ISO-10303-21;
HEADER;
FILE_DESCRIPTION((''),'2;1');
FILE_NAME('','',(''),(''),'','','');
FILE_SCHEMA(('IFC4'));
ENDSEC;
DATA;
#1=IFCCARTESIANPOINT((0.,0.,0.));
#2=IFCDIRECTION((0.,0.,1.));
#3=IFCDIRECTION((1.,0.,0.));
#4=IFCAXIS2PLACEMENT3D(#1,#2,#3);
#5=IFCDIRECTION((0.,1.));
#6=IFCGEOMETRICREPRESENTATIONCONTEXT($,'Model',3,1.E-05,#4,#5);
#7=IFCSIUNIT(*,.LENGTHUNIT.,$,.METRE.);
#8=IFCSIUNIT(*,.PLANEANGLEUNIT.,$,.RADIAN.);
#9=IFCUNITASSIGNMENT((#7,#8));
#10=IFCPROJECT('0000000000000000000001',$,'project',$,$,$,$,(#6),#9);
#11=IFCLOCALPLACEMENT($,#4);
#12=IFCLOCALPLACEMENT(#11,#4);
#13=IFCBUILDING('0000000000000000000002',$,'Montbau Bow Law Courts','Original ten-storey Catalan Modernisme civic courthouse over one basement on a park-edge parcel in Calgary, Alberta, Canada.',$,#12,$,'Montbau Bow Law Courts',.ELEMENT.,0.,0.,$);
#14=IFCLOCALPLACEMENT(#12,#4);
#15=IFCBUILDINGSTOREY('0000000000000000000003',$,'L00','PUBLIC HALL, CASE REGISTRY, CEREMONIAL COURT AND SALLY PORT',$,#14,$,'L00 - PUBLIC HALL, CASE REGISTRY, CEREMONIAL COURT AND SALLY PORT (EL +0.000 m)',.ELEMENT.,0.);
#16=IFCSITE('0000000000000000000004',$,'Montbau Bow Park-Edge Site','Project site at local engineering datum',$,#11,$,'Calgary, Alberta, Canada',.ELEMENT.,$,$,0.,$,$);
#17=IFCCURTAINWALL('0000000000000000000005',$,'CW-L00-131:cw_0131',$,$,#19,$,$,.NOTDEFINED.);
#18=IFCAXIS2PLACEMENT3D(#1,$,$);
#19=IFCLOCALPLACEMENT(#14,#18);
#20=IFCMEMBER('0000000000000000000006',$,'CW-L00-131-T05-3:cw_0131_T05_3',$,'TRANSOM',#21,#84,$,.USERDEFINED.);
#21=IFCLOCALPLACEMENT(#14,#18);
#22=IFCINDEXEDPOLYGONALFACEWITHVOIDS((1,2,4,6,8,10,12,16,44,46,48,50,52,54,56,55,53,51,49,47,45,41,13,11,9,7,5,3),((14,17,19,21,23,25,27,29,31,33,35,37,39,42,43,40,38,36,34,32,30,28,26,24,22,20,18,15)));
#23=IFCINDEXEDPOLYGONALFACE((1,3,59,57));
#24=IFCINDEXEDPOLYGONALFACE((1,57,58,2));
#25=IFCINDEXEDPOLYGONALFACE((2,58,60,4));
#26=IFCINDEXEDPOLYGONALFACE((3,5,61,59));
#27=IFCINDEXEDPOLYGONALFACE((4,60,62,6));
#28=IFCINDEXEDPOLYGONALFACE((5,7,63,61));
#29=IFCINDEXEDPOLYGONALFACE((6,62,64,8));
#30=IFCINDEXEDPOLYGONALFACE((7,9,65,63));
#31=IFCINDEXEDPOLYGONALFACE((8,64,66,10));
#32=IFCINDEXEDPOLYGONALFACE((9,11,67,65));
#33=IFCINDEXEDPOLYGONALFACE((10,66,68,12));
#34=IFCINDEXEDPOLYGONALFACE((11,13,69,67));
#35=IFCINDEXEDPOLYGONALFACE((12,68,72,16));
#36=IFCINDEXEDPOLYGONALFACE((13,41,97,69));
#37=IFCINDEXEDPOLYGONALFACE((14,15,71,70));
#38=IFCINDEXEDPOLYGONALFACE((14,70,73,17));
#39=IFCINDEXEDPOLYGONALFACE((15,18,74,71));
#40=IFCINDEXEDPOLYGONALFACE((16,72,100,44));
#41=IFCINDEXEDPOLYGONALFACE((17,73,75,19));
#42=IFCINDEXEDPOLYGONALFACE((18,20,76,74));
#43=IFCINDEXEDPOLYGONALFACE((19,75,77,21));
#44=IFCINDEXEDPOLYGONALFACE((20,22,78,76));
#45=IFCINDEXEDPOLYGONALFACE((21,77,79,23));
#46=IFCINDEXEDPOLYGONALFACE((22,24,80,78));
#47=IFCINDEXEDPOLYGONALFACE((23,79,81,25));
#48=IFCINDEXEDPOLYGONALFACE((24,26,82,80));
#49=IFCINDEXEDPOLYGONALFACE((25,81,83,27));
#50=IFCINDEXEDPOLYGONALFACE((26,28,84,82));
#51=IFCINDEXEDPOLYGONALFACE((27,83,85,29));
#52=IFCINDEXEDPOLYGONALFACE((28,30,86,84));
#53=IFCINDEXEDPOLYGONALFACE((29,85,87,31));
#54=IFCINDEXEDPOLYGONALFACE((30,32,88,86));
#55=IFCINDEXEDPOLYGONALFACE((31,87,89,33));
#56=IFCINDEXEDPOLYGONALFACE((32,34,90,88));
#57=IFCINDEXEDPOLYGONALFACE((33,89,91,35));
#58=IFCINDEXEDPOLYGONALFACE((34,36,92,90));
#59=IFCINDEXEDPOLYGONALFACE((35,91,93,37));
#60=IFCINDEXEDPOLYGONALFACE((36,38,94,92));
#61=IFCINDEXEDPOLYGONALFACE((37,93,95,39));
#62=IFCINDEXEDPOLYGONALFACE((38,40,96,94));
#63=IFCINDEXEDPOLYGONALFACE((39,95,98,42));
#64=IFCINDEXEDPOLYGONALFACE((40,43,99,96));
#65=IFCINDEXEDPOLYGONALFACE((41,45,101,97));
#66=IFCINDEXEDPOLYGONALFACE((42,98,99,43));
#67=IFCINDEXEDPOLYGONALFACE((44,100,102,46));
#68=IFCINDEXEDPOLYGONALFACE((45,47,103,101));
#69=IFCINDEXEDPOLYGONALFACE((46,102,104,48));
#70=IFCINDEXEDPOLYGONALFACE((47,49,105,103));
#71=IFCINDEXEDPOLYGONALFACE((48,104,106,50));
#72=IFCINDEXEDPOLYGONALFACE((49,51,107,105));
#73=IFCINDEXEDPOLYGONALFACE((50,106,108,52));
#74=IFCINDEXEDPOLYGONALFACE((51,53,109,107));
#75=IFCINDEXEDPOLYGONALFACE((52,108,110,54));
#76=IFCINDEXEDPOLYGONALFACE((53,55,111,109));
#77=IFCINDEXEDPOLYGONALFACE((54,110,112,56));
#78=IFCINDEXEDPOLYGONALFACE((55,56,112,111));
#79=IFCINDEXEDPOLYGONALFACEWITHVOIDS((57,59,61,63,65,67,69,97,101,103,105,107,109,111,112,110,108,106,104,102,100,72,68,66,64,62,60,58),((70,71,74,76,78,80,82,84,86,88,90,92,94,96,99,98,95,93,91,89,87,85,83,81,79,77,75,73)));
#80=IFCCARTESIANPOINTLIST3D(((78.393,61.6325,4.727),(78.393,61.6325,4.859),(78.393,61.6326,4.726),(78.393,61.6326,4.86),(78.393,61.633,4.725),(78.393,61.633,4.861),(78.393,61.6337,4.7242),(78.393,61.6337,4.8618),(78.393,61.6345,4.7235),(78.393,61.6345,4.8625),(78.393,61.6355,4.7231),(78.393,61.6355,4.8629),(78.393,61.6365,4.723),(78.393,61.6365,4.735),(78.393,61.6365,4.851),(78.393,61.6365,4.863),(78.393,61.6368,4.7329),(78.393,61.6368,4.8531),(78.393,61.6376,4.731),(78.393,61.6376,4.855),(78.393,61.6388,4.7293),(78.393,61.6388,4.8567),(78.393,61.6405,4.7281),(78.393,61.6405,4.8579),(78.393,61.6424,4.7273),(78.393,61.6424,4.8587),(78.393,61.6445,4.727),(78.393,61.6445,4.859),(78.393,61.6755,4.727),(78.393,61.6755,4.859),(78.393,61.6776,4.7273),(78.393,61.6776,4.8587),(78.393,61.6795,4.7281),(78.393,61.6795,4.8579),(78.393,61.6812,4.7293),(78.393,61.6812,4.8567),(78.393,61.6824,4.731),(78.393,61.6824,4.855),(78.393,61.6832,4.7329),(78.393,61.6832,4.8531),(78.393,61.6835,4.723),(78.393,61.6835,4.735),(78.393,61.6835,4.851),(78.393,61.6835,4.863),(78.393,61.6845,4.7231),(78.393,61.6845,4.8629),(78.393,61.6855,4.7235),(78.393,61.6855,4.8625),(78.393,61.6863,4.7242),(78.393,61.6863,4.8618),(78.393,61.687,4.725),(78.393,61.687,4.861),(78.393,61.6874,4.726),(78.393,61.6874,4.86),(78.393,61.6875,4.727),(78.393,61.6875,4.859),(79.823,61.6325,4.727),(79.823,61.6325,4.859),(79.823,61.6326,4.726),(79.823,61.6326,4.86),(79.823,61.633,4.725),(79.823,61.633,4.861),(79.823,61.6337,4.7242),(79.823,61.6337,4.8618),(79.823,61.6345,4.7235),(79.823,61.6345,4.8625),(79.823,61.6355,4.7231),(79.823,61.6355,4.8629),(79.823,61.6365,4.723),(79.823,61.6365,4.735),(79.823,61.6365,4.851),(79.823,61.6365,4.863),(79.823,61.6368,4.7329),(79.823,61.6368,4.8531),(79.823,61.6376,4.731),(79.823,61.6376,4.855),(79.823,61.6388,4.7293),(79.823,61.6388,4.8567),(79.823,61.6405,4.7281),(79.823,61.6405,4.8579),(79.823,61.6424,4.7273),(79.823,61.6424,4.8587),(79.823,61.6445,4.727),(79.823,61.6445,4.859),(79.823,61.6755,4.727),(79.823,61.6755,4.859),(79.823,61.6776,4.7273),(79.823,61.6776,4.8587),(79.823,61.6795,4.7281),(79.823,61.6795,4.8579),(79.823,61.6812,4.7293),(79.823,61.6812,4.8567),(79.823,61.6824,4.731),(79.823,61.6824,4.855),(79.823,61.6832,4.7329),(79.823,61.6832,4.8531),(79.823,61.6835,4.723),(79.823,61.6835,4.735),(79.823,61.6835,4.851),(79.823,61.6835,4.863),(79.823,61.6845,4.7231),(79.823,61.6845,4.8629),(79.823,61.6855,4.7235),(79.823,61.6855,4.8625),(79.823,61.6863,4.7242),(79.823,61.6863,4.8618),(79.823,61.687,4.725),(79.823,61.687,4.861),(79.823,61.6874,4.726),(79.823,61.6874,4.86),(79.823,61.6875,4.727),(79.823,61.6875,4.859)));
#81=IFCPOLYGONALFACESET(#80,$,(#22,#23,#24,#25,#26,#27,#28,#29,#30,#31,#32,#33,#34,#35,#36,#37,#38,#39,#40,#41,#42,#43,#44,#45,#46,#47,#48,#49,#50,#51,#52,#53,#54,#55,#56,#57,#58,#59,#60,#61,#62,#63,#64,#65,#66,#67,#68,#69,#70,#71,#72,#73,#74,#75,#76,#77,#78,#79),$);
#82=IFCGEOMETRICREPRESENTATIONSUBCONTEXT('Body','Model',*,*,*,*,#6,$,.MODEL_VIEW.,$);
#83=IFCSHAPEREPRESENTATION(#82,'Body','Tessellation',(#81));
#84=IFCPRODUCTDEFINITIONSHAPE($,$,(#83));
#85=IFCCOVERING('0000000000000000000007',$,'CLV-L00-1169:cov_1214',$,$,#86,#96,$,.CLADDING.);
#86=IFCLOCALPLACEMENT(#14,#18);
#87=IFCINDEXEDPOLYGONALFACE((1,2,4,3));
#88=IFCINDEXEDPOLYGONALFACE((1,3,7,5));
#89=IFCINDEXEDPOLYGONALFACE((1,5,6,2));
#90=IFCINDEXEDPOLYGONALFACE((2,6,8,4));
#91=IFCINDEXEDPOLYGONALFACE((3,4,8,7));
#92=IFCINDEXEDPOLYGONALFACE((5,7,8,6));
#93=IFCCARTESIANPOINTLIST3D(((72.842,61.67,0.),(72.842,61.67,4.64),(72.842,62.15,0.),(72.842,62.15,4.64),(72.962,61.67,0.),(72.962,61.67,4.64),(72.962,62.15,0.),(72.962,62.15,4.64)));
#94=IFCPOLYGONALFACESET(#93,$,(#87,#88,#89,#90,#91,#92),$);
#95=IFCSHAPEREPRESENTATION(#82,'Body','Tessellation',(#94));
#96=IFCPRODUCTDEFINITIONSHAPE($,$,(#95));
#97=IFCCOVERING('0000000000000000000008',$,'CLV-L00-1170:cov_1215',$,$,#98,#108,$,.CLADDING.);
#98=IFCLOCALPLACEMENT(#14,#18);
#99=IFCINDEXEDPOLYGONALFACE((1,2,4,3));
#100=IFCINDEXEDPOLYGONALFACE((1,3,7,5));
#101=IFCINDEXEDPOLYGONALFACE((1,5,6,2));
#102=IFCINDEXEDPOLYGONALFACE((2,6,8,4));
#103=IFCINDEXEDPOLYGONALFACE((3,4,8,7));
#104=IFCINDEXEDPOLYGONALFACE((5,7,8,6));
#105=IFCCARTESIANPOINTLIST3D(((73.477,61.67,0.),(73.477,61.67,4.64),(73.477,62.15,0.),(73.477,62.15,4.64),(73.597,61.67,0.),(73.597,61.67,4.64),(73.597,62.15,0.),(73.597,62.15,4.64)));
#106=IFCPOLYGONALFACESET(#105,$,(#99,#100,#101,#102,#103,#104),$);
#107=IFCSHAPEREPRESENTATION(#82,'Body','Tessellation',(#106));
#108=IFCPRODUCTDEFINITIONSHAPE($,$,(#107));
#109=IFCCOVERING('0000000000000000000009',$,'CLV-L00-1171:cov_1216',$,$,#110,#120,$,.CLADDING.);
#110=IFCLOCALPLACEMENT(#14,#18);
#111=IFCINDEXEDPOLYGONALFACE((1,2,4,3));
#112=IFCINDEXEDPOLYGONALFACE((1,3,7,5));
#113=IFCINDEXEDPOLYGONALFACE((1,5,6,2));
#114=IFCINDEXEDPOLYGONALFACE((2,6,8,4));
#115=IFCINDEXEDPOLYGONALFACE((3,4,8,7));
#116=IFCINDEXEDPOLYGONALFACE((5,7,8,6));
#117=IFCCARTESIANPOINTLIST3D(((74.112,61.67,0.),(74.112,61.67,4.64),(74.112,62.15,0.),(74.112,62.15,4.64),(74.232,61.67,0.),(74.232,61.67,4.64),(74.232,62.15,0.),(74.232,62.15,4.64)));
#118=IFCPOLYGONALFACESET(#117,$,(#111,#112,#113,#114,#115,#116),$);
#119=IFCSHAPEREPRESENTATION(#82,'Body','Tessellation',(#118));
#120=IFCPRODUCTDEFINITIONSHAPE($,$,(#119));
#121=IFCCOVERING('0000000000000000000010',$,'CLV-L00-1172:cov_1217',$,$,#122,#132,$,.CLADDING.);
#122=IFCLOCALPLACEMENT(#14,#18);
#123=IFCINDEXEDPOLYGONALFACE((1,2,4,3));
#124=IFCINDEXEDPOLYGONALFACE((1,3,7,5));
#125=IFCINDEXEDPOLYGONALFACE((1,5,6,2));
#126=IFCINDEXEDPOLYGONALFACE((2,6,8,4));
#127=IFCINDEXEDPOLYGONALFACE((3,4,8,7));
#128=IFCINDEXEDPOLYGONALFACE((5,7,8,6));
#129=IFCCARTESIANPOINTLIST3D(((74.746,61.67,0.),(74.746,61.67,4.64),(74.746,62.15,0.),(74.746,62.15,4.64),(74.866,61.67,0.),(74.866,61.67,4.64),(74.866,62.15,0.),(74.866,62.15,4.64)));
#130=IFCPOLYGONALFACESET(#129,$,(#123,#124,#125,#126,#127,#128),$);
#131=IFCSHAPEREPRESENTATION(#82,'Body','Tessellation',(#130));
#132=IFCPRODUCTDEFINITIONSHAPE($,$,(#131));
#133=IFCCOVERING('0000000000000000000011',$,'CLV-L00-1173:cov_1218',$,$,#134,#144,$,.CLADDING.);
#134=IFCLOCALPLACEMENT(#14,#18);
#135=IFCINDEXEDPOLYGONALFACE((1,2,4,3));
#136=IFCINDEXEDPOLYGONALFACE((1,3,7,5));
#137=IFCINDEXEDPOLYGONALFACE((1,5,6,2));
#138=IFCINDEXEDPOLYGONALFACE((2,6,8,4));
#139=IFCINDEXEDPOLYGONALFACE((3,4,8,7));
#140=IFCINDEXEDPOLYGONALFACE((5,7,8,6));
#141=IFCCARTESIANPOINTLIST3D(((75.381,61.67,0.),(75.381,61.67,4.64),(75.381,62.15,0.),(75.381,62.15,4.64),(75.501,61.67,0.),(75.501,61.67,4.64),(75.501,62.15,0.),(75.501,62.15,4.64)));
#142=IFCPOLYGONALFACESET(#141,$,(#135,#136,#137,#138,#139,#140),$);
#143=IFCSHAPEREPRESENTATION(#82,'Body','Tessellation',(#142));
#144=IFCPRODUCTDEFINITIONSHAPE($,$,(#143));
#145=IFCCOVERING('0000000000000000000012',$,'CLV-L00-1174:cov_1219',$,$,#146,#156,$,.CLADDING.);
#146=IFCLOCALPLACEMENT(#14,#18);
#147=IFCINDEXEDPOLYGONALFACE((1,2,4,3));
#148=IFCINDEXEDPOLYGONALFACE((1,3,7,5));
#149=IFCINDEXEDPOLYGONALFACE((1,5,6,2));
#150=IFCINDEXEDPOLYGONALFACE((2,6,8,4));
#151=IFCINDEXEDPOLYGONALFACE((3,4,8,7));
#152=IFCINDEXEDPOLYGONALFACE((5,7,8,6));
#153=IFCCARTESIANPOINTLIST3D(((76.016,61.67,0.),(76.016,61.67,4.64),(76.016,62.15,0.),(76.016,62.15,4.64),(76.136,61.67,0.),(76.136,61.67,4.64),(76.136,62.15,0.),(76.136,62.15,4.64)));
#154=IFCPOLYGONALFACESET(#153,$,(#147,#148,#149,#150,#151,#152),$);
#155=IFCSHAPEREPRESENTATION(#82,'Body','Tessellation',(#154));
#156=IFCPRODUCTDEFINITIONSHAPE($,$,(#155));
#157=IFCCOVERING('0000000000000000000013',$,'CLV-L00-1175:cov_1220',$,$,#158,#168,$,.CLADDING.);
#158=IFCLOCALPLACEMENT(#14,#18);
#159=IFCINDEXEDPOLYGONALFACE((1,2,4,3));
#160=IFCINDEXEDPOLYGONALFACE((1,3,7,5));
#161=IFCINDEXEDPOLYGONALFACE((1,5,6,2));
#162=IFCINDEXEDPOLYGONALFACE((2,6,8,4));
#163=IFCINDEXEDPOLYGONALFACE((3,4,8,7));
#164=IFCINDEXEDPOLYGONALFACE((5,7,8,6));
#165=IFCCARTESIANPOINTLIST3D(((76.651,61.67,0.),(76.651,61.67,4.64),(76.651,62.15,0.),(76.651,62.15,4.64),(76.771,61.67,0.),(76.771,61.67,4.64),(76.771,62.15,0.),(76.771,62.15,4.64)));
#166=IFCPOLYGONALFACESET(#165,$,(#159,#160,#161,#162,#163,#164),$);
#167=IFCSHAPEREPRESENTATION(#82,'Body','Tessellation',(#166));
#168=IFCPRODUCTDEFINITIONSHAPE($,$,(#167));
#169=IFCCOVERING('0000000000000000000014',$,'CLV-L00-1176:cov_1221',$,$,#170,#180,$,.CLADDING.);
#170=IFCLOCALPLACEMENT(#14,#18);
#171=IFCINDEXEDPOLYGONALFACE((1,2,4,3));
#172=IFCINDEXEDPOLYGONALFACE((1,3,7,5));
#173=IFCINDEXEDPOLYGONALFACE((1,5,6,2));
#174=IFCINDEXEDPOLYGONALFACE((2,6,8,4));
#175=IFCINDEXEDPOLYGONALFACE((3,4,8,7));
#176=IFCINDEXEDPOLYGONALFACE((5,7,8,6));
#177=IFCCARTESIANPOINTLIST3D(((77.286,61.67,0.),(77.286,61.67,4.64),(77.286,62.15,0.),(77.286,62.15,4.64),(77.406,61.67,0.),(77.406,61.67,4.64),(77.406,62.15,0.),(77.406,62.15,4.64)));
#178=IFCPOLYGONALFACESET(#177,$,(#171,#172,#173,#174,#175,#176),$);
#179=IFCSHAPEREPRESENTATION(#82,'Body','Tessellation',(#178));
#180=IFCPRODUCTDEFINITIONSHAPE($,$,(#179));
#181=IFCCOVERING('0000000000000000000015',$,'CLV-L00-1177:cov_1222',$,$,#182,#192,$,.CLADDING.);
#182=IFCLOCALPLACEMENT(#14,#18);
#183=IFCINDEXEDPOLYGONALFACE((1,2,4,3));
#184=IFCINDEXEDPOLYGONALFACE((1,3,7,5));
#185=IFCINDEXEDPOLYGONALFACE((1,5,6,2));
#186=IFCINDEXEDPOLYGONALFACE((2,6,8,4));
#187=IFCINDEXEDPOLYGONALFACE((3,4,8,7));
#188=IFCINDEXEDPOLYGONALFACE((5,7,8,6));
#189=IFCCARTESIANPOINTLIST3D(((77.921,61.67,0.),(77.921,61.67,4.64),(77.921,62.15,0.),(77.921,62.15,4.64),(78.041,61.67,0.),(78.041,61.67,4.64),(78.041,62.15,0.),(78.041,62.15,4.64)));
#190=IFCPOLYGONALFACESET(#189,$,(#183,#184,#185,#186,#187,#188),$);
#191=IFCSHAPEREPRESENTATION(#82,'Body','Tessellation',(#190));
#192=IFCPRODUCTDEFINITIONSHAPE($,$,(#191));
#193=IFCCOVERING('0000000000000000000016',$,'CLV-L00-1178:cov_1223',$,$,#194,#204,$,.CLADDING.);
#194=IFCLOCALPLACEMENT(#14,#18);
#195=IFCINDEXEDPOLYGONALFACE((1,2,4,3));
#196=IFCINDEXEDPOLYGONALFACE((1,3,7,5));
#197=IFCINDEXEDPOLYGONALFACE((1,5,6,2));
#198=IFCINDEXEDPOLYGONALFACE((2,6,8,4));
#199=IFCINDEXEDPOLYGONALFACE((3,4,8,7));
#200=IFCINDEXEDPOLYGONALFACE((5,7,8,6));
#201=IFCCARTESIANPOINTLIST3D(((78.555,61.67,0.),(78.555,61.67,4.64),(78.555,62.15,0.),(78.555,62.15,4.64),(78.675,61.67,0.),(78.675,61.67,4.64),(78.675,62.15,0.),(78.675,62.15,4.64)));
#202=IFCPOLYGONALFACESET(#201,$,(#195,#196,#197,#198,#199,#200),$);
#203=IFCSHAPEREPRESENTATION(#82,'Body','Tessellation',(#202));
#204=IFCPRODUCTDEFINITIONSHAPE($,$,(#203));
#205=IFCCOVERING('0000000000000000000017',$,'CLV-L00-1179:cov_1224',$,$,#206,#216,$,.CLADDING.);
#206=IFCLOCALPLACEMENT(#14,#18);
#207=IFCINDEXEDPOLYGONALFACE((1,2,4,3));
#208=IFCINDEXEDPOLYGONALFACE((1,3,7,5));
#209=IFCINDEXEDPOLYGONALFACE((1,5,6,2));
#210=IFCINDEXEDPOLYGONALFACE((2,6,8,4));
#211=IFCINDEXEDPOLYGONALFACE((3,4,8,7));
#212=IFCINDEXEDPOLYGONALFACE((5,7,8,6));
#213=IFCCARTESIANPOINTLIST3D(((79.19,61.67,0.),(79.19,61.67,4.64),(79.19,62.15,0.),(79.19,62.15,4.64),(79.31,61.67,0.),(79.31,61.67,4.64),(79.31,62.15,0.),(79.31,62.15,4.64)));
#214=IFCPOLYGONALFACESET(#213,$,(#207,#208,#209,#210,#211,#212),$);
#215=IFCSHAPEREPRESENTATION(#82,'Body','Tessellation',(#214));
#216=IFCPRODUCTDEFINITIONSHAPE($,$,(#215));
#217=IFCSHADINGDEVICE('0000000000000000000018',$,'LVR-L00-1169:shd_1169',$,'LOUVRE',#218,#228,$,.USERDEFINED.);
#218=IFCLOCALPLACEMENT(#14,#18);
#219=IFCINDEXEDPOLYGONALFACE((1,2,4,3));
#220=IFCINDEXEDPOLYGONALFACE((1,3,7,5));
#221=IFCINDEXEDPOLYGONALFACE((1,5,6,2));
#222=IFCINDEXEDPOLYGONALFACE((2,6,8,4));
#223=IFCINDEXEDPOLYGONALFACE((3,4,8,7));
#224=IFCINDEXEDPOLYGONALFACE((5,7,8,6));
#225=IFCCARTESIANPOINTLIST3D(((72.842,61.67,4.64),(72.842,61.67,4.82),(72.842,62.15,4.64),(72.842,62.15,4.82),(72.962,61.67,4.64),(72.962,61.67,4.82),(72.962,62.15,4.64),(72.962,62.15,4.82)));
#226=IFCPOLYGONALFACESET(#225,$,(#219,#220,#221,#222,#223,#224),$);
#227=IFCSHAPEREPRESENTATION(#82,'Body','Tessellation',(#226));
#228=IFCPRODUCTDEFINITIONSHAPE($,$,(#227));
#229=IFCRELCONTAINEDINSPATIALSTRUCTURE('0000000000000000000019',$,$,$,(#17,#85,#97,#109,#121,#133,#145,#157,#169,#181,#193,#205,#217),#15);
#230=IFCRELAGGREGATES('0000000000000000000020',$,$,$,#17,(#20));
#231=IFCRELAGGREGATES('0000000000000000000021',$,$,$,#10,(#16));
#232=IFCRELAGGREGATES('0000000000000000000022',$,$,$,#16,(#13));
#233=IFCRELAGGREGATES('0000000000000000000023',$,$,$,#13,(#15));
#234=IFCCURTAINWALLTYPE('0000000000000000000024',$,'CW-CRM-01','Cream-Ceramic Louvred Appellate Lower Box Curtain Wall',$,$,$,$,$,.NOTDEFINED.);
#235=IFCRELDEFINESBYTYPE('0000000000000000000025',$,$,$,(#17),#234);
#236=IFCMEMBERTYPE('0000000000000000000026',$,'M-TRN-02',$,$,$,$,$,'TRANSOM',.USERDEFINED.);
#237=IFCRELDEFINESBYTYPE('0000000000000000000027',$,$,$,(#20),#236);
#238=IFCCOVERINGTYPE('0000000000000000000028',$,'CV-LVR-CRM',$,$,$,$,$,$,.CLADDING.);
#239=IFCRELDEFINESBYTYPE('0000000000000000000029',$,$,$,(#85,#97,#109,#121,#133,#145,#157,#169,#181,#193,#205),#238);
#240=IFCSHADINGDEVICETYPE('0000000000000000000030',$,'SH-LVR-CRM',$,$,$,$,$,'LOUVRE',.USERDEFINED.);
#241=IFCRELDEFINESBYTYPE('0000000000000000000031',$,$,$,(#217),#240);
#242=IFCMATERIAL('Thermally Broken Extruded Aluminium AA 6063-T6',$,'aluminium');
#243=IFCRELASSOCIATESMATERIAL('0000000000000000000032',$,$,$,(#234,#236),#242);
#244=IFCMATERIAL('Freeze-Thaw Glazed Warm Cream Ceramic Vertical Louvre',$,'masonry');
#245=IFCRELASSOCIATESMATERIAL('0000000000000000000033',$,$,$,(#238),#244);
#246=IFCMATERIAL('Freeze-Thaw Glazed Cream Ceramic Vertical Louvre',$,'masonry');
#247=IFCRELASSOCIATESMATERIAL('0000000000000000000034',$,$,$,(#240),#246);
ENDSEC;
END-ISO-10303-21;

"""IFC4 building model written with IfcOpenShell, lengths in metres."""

from ifc_helpers import new_model, si_unit, direction, frame, frame_2d, origin_with_axes, origin_2d_with_axis, place, context, subcontext, project, spatial, rectangle, hollow_rectangle, extrude, material, material_profile, profile_set, type_object, element, aggregate, save


model = new_model("IFC4")

# Units and contexts
model_context = context("Model", 3, precision=1e-05, world=origin_with_axes(), true_north=direction((0.0, 1.0)))
body_context = subcontext(model_context, "Body", "Model", "MODEL_VIEW")
ifc_project = project(units=[si_unit("LENGTHUNIT", "METRE"), si_unit("PLANEANGLEUNIT", "RADIAN")], contexts=[model_context])

# Site, building, storey
site_placement = place(None, origin_with_axes())
site = spatial("IfcSite", under=ifc_project, at=site_placement, Name="Montbau Bow Park-Edge Site", Description="Project site at local engineering datum", LongName="Calgary, Alberta, Canada", CompositionType="ELEMENT", RefElevation=0.0)
building_placement = place(site_placement, origin_with_axes())
building = spatial("IfcBuilding", under=site, at=building_placement, Name="Montbau Bow Law Courts", Description="Original ten-storey Catalan Modernisme civic courthouse over one basement on a park-edge parcel in Calgary, Alberta, Canada.", LongName="Montbau Bow Law Courts", CompositionType="ELEMENT", ElevationOfRefHeight=0.0, ElevationOfTerrain=0.0)
storey_placement = place(building_placement, origin_with_axes())
storey = spatial("IfcBuildingStorey", under=building, at=storey_placement, Name="L00", Description="PUBLIC HALL, CASE REGISTRY, CEREMONIAL COURT AND SALLY PORT", LongName="L00 - PUBLIC HALL, CASE REGISTRY, CEREMONIAL COURT AND SALLY PORT (EL +0.000 m)", CompositionType="ELEMENT", Elevation=0.0)

# Curtain wall, member
ifc_material_1 = material(Name="Thermally Broken Extruded Aluminium AA 6063-T6", Category="aluminium")
curtain_wall_type = type_object("IfcCurtainWallType", Name="CW-CRM-01", Description="Cream-Ceramic Louvred Appellate Lower Box Curtain Wall", PredefinedType="NOTDEFINED", material=ifc_material_1)
curtain_wall_placement = place(None, frame((72.267, 61.66, 0.0), z_axis=(0.0, 0.0, 1.0), x_axis=(1.0, 0.0, 0.0)))
curtain_wall = element("IfcCurtainWall", 1, at=curtain_wall_placement, inside=storey, type_object=curtain_wall_type, Name="CW-L00-131:cw_0131", PredefinedType="NOTDEFINED")
ifc_material_profile_1 = material_profile(ifc_material_1, hollow_rectangle(XDim=0.055, YDim=0.14, WallThickness=0.004, InnerFilletRadius=0.008, OuterFilletRadius=0.004, at=origin_2d_with_axis()), Name="CWT-140X55", Category="Main", Priority=0)
ifc_profile_set_1 = profile_set([ifc_material_profile_1], Name="Thermally Broken Extruded Aluminium AA 6063-T6")
member_type_1 = type_object("IfcMemberType", Name="M-TRN-02", ElementType="TRANSOM", PredefinedType="USERDEFINED", material=ifc_profile_set_1)
member_1_placement = place(None, frame((78.393, 61.66, 4.793), z_axis=(1.0, 0.0, 0.0), x_axis=(0.0, 1.0, 0.0)))
member_1 = element("IfcMember", 2, at=member_1_placement, type_object=member_type_1, Name="CW-L00-131-T05-3:cw_0131_T05_3", ObjectType="TRANSOM", PredefinedType="USERDEFINED", context=body_context, shape_type="SweptSolid", body=[
    extrude(hollow_rectangle(XDim=0.055, YDim=0.14, WallThickness=0.004, InnerFilletRadius=0.008, OuterFilletRadius=0.004, at=origin_2d_with_axis()), origin_with_axes(), (0.0, 0.0, 1.0), 1.43),
])
aggregate(curtain_wall, [member_1])

# Coverings
ifc_material_2 = material(Name="Freeze-Thaw Glazed Warm Cream Ceramic Vertical Louvre", Category="masonry")
covering_type = type_object("IfcCoveringType", Name="CV-LVR-CRM", PredefinedType="CLADDING", material=ifc_material_2)
for number, where, z_axis, x_axis, name in (
    (3, (72.902, 61.67, 0.0), (1.0, 0.0, 0.0), (0.0, 1.0, 0.0), "CLV-L00-1169:cov_1214"),
    (4, (73.537, 61.67, 0.0), (1.0, 0.0, 0.0), (0.0, 1.0, 0.0), "CLV-L00-1170:cov_1215"),
    (5, (74.172, 61.67, 0.0), (1.0, 0.0, 0.0), (0.0, 1.0, 0.0), "CLV-L00-1171:cov_1216"),
    (6, (74.806, 61.67, 0.0), (1.0, 0.0, 0.0), (0.0, 1.0, 0.0), "CLV-L00-1172:cov_1217"),
    (7, (75.441, 61.67, 0.0), (1.0, 0.0, 0.0), (0.0, 1.0, 0.0), "CLV-L00-1173:cov_1218"),
    (8, (76.076, 61.67, 0.0), (1.0, 0.0, 0.0), (0.0, 1.0, 0.0), "CLV-L00-1174:cov_1219"),
    (9, (76.711, 61.67, 0.0), (1.0, 0.0, 0.0), (0.0, 1.0, 0.0), "CLV-L00-1175:cov_1220"),
    (10, (77.346, 61.67, 0.0), (1.0, 0.0, 0.0), (0.0, 1.0, 0.0), "CLV-L00-1176:cov_1221"),
    (11, (77.981, 61.67, 0.0), (1.0, 0.0, 0.0), (0.0, 1.0, 0.0), "CLV-L00-1177:cov_1222"),
    (12, (78.615, 61.67, 0.0), (1.0, 0.0, 0.0), (0.0, 1.0, 0.0), "CLV-L00-1178:cov_1223"),
    (13, (79.25, 61.67, 0.0), (1.0, 0.0, 0.0), (0.0, 1.0, 0.0), "CLV-L00-1179:cov_1224"),
):
    element("IfcCovering", number, at=place(None, frame(where, z_axis=z_axis, x_axis=x_axis)), inside=storey, type_object=covering_type, Name=name, PredefinedType="CLADDING", context=body_context, shape_type="SweptSolid", body=[
        extrude(rectangle(XDim=0.48, YDim=4.64, at=frame_2d((0.24, 2.32), x_axis=(1.0, 0.0))), frame((0.0, 0.0, -0.06), z_axis=(0.0, 0.0, 1.0), x_axis=(1.0, 0.0, 0.0)), (0.0, 0.0, 1.0), 0.12),
    ])

# Shading device
ifc_material_3 = material(Name="Freeze-Thaw Glazed Cream Ceramic Vertical Louvre", Category="masonry")
shading_device_type = type_object("IfcShadingDeviceType", Name="SH-LVR-CRM", ElementType="LOUVRE", PredefinedType="USERDEFINED", material=ifc_material_3)
for number, where, z_axis, x_axis, name in (
    (14, (72.902, 61.91, 4.64), (0.0, 0.0, 1.0), (0.0, 1.0, 0.0), "LVR-L00-1169:shd_1169"),
):
    element("IfcShadingDevice", number, at=place(None, frame(where, z_axis=z_axis, x_axis=x_axis)), inside=storey, type_object=shading_device_type, Name=name, ObjectType="LOUVRE", PredefinedType="USERDEFINED", context=body_context, shape_type="SweptSolid", body=[
        extrude(rectangle(XDim=0.48, YDim=0.12, at=origin_2d_with_axis()), origin_with_axes(), (0.0, 0.0, 1.0), 0.18),
    ])

save(model, "model.ifc")
